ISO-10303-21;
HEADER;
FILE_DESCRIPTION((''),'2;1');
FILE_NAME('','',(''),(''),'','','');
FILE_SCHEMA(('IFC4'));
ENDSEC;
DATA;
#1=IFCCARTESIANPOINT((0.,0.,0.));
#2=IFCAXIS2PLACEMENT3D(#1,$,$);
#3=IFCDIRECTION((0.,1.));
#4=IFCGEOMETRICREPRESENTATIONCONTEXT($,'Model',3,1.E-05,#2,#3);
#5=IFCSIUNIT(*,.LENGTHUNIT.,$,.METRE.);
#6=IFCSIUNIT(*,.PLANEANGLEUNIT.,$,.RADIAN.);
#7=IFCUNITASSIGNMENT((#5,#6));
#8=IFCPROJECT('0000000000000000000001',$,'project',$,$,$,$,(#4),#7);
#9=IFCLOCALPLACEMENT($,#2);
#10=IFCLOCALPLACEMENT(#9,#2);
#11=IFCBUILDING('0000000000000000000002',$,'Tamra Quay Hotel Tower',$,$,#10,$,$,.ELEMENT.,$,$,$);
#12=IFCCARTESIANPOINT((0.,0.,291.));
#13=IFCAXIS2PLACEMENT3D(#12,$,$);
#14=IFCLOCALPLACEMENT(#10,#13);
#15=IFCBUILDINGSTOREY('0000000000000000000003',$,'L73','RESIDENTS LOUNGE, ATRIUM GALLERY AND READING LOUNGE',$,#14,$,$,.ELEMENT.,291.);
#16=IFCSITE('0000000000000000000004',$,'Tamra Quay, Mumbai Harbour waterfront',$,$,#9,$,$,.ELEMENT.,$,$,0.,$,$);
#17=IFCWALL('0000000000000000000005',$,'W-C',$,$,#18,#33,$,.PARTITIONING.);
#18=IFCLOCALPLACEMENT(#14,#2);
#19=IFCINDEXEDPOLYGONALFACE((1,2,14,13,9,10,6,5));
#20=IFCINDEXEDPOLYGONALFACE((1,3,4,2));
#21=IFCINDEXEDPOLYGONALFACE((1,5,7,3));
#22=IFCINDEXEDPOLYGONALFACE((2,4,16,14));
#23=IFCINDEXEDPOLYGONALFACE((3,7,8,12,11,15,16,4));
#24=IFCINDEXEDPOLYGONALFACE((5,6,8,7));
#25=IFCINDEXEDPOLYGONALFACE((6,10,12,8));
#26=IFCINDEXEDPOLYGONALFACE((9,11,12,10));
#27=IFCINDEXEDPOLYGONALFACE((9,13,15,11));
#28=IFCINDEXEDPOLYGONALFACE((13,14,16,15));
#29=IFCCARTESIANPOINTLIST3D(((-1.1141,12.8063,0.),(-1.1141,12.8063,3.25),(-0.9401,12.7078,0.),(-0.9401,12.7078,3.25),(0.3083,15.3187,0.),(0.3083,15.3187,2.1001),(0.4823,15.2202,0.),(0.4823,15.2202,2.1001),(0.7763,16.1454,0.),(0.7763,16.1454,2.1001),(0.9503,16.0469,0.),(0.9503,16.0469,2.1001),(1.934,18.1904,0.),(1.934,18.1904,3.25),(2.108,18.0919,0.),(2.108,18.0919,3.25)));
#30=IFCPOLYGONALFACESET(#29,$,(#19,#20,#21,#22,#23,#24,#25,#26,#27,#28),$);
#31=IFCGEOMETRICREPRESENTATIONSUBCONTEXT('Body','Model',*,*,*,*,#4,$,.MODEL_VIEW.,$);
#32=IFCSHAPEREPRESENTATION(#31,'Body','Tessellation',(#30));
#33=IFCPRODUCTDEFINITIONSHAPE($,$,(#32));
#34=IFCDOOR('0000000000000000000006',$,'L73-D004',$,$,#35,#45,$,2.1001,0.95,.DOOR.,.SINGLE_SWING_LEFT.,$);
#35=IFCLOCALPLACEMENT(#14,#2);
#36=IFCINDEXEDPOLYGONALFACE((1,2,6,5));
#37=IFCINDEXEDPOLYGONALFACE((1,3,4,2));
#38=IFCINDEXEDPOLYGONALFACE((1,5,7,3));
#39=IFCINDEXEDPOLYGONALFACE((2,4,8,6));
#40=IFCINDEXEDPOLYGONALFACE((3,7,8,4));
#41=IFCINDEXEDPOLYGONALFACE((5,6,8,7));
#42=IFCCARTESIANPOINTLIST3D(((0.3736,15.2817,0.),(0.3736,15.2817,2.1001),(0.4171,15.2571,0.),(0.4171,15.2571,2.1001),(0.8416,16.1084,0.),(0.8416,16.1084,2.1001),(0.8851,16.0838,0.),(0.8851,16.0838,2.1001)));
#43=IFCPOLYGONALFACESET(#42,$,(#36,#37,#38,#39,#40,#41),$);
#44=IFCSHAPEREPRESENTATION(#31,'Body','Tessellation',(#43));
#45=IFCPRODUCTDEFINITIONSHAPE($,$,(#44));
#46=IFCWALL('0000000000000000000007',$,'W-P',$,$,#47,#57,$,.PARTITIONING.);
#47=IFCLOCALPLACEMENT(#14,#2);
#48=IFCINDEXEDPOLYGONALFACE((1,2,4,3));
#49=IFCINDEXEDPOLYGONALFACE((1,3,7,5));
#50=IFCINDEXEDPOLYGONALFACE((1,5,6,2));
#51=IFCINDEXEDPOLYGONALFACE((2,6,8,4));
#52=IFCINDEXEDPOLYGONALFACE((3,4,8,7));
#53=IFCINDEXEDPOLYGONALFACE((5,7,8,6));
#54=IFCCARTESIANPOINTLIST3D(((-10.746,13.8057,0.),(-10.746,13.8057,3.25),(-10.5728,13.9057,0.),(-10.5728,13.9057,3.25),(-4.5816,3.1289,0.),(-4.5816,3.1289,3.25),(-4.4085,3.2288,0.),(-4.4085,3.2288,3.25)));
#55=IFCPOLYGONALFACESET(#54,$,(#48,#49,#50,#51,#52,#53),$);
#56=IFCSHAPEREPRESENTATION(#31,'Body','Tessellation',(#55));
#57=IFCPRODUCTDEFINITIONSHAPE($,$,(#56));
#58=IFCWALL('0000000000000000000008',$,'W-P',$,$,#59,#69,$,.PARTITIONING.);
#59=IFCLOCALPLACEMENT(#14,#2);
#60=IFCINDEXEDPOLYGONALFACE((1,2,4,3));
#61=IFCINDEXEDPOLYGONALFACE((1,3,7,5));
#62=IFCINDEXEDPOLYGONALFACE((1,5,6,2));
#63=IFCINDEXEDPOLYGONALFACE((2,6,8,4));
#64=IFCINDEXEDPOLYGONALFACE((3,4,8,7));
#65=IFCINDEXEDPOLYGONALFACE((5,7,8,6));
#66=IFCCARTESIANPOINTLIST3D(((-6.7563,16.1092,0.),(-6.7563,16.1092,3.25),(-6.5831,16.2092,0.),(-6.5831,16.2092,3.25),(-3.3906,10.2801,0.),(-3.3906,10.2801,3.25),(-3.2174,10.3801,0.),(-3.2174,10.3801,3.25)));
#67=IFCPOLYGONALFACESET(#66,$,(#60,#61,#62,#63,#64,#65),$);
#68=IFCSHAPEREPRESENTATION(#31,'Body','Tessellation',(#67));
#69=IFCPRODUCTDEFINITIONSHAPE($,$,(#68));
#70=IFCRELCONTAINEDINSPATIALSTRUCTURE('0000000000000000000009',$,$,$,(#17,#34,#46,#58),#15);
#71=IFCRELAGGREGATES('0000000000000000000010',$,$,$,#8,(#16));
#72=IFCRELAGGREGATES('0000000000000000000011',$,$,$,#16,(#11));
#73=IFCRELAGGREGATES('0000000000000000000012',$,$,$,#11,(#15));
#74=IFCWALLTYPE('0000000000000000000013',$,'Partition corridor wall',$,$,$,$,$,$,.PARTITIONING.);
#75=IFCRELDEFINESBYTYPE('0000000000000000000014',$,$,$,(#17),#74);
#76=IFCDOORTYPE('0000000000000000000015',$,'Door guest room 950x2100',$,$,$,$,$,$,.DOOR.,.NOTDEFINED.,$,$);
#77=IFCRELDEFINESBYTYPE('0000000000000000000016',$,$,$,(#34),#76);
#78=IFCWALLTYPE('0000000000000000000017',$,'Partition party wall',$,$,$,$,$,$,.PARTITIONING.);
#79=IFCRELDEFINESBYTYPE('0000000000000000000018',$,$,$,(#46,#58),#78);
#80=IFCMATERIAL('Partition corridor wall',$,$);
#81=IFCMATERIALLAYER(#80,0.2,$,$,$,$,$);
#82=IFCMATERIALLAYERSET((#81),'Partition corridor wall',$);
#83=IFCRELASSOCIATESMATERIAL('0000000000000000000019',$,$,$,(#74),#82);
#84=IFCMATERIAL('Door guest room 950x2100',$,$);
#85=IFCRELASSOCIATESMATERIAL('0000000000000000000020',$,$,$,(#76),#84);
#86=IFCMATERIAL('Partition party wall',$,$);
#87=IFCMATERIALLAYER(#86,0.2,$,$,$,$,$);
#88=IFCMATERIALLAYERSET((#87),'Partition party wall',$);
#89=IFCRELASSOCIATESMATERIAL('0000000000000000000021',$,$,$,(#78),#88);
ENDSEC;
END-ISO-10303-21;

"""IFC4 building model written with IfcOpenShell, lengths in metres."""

from ifc_helpers import new_model, si_unit, direction, frame, frame_2d, origin, place, context, subcontext, project, spatial, rectangle, extrude, material, layer, layer_set, type_object, element, fill, save


model = new_model("IFC4")

# Units and contexts
model_context = context("Model", 3, precision=1e-05, world=origin(), true_north=direction((0.0, 1.0)))
body_context = subcontext(model_context, "Body", "Model", "MODEL_VIEW")
ifc_project = project(units=[si_unit("LENGTHUNIT", "METRE"), si_unit("PLANEANGLEUNIT", "RADIAN")], contexts=[model_context])

# Site, building, storey
site_placement = place(None, origin())
site = spatial("IfcSite", under=ifc_project, at=site_placement, Name="Tamra Quay, Mumbai Harbour waterfront", CompositionType="ELEMENT", RefElevation=0.0)
building_placement = place(site_placement, origin())
building = spatial("IfcBuilding", under=site, at=building_placement, Name="Tamra Quay Hotel Tower", CompositionType="ELEMENT")
storey_placement = place(building_placement, frame((0.0, 0.0, 291.0)))
storey = spatial("IfcBuildingStorey", under=building, at=storey_placement, Name="L73", Description="RESIDENTS LOUNGE, ATRIUM GALLERY AND READING LOUNGE", CompositionType="ELEMENT", Elevation=291.0)

# Shared definitions
ifc_material_1 = material(Name="Partition corridor wall")
ifc_layer_1 = layer(ifc_material_1, 0.2)
ifc_layer_set_1 = layer_set([ifc_layer_1], Name="Partition corridor wall")
wall_type_1 = type_object("IfcWallType", Name="Partition corridor wall", PredefinedType="PARTITIONING", material=ifc_layer_set_1)

# Wall, opening, door
wall_1_placement = place(storey_placement, frame((-1.0271, 12.7571, 0.0), z_axis=(0.0, 0.0, 1.0), x_axis=(0.492663, 0.87022, 0.0)))
wall_1 = element("IfcWall", 1, at=wall_1_placement, inside=storey, type_object=wall_type_1, Name="W-C", PredefinedType="PARTITIONING", context=body_context, shape_type="SweptSolid", body=[
    extrude(rectangle(XDim=6.187, YDim=0.2, at=frame_2d((3.0935, 0.0))), origin(), (0.0, 0.0, 1.0), 3.25),
])
opening_placement = place(wall_1_placement, frame((2.887, 0.0, 0.0)))
opening = element("IfcOpeningElement", 2, at=opening_placement, cuts=wall_1, PredefinedType="OPENING", context=body_context, shape_type="SweptSolid", body=[
    extrude(rectangle(XDim=0.95, YDim=2.1001, at=frame_2d((0.4751, 1.05))), frame((0.0, 0.1099, 0.0), z_axis=(0.0, -1.0, 0.0), x_axis=(1.0, 0.0, 0.0)), (0.0, 0.0, 1.0), 0.22),
])
ifc_material_2 = material(Name="Door guest room 950x2100")
door_type = type_object("IfcDoorType", Name="Door guest room 950x2100", OperationType="NOTDEFINED", PredefinedType="DOOR", material=ifc_material_2)
door_placement = place(opening_placement, origin())
door = element("IfcDoor", 3, at=door_placement, inside=storey, type_object=door_type, Name="L73-D004", OperationType="SINGLE_SWING_LEFT", OverallHeight=2.1001, OverallWidth=0.95, PredefinedType="DOOR", context=body_context, shape_type="SweptSolid", body=[
    extrude(rectangle(XDim=0.95, YDim=2.1001, at=frame_2d((0.4751, 1.05))), frame((0.0, 0.0249, 0.0), z_axis=(0.0, -1.0, 0.0), x_axis=(1.0, 0.0, 0.0)), (0.0, 0.0, 1.0), 0.05),
])
fill(opening, door)

# Walls
ifc_material_3 = material(Name="Partition party wall")
ifc_layer_2 = layer(ifc_material_3, 0.2)
ifc_layer_set_2 = layer_set([ifc_layer_2], Name="Partition party wall")
wall_type_2 = type_object("IfcWallType", Name="Partition party wall", PredefinedType="PARTITIONING", material=ifc_layer_set_2)
wall_2_placement = place(storey_placement, frame((-10.6594, 13.8557, 0.0), z_axis=(0.0, 0.0, 1.0), x_axis=(0.500005, -0.866023, 0.0)))
element("IfcWall", 4, at=wall_2_placement, inside=storey, type_object=wall_type_2, Name="W-P", PredefinedType="PARTITIONING", context=body_context, shape_type="SweptSolid", body=[
    extrude(rectangle(XDim=12.3286, YDim=0.2, at=frame_2d((6.1643, 0.0))), origin(), (0.0, 0.0, 1.0), 3.25),
])
wall_3_placement = place(storey_placement, frame((-6.6697, 16.1592, 0.0), z_axis=(0.0, 0.0, 1.0), x_axis=(0.500032, -0.866007, 0.0)))
element("IfcWall", 5, at=wall_3_placement, inside=storey, type_object=wall_type_2, Name="W-P", PredefinedType="PARTITIONING", context=body_context, shape_type="SweptSolid", body=[
    extrude(rectangle(XDim=6.731, YDim=0.2, at=frame_2d((3.3655, 0.0))), origin(), (0.0, 0.0, 1.0), 3.25),
])

save(model, "model.ifc")
